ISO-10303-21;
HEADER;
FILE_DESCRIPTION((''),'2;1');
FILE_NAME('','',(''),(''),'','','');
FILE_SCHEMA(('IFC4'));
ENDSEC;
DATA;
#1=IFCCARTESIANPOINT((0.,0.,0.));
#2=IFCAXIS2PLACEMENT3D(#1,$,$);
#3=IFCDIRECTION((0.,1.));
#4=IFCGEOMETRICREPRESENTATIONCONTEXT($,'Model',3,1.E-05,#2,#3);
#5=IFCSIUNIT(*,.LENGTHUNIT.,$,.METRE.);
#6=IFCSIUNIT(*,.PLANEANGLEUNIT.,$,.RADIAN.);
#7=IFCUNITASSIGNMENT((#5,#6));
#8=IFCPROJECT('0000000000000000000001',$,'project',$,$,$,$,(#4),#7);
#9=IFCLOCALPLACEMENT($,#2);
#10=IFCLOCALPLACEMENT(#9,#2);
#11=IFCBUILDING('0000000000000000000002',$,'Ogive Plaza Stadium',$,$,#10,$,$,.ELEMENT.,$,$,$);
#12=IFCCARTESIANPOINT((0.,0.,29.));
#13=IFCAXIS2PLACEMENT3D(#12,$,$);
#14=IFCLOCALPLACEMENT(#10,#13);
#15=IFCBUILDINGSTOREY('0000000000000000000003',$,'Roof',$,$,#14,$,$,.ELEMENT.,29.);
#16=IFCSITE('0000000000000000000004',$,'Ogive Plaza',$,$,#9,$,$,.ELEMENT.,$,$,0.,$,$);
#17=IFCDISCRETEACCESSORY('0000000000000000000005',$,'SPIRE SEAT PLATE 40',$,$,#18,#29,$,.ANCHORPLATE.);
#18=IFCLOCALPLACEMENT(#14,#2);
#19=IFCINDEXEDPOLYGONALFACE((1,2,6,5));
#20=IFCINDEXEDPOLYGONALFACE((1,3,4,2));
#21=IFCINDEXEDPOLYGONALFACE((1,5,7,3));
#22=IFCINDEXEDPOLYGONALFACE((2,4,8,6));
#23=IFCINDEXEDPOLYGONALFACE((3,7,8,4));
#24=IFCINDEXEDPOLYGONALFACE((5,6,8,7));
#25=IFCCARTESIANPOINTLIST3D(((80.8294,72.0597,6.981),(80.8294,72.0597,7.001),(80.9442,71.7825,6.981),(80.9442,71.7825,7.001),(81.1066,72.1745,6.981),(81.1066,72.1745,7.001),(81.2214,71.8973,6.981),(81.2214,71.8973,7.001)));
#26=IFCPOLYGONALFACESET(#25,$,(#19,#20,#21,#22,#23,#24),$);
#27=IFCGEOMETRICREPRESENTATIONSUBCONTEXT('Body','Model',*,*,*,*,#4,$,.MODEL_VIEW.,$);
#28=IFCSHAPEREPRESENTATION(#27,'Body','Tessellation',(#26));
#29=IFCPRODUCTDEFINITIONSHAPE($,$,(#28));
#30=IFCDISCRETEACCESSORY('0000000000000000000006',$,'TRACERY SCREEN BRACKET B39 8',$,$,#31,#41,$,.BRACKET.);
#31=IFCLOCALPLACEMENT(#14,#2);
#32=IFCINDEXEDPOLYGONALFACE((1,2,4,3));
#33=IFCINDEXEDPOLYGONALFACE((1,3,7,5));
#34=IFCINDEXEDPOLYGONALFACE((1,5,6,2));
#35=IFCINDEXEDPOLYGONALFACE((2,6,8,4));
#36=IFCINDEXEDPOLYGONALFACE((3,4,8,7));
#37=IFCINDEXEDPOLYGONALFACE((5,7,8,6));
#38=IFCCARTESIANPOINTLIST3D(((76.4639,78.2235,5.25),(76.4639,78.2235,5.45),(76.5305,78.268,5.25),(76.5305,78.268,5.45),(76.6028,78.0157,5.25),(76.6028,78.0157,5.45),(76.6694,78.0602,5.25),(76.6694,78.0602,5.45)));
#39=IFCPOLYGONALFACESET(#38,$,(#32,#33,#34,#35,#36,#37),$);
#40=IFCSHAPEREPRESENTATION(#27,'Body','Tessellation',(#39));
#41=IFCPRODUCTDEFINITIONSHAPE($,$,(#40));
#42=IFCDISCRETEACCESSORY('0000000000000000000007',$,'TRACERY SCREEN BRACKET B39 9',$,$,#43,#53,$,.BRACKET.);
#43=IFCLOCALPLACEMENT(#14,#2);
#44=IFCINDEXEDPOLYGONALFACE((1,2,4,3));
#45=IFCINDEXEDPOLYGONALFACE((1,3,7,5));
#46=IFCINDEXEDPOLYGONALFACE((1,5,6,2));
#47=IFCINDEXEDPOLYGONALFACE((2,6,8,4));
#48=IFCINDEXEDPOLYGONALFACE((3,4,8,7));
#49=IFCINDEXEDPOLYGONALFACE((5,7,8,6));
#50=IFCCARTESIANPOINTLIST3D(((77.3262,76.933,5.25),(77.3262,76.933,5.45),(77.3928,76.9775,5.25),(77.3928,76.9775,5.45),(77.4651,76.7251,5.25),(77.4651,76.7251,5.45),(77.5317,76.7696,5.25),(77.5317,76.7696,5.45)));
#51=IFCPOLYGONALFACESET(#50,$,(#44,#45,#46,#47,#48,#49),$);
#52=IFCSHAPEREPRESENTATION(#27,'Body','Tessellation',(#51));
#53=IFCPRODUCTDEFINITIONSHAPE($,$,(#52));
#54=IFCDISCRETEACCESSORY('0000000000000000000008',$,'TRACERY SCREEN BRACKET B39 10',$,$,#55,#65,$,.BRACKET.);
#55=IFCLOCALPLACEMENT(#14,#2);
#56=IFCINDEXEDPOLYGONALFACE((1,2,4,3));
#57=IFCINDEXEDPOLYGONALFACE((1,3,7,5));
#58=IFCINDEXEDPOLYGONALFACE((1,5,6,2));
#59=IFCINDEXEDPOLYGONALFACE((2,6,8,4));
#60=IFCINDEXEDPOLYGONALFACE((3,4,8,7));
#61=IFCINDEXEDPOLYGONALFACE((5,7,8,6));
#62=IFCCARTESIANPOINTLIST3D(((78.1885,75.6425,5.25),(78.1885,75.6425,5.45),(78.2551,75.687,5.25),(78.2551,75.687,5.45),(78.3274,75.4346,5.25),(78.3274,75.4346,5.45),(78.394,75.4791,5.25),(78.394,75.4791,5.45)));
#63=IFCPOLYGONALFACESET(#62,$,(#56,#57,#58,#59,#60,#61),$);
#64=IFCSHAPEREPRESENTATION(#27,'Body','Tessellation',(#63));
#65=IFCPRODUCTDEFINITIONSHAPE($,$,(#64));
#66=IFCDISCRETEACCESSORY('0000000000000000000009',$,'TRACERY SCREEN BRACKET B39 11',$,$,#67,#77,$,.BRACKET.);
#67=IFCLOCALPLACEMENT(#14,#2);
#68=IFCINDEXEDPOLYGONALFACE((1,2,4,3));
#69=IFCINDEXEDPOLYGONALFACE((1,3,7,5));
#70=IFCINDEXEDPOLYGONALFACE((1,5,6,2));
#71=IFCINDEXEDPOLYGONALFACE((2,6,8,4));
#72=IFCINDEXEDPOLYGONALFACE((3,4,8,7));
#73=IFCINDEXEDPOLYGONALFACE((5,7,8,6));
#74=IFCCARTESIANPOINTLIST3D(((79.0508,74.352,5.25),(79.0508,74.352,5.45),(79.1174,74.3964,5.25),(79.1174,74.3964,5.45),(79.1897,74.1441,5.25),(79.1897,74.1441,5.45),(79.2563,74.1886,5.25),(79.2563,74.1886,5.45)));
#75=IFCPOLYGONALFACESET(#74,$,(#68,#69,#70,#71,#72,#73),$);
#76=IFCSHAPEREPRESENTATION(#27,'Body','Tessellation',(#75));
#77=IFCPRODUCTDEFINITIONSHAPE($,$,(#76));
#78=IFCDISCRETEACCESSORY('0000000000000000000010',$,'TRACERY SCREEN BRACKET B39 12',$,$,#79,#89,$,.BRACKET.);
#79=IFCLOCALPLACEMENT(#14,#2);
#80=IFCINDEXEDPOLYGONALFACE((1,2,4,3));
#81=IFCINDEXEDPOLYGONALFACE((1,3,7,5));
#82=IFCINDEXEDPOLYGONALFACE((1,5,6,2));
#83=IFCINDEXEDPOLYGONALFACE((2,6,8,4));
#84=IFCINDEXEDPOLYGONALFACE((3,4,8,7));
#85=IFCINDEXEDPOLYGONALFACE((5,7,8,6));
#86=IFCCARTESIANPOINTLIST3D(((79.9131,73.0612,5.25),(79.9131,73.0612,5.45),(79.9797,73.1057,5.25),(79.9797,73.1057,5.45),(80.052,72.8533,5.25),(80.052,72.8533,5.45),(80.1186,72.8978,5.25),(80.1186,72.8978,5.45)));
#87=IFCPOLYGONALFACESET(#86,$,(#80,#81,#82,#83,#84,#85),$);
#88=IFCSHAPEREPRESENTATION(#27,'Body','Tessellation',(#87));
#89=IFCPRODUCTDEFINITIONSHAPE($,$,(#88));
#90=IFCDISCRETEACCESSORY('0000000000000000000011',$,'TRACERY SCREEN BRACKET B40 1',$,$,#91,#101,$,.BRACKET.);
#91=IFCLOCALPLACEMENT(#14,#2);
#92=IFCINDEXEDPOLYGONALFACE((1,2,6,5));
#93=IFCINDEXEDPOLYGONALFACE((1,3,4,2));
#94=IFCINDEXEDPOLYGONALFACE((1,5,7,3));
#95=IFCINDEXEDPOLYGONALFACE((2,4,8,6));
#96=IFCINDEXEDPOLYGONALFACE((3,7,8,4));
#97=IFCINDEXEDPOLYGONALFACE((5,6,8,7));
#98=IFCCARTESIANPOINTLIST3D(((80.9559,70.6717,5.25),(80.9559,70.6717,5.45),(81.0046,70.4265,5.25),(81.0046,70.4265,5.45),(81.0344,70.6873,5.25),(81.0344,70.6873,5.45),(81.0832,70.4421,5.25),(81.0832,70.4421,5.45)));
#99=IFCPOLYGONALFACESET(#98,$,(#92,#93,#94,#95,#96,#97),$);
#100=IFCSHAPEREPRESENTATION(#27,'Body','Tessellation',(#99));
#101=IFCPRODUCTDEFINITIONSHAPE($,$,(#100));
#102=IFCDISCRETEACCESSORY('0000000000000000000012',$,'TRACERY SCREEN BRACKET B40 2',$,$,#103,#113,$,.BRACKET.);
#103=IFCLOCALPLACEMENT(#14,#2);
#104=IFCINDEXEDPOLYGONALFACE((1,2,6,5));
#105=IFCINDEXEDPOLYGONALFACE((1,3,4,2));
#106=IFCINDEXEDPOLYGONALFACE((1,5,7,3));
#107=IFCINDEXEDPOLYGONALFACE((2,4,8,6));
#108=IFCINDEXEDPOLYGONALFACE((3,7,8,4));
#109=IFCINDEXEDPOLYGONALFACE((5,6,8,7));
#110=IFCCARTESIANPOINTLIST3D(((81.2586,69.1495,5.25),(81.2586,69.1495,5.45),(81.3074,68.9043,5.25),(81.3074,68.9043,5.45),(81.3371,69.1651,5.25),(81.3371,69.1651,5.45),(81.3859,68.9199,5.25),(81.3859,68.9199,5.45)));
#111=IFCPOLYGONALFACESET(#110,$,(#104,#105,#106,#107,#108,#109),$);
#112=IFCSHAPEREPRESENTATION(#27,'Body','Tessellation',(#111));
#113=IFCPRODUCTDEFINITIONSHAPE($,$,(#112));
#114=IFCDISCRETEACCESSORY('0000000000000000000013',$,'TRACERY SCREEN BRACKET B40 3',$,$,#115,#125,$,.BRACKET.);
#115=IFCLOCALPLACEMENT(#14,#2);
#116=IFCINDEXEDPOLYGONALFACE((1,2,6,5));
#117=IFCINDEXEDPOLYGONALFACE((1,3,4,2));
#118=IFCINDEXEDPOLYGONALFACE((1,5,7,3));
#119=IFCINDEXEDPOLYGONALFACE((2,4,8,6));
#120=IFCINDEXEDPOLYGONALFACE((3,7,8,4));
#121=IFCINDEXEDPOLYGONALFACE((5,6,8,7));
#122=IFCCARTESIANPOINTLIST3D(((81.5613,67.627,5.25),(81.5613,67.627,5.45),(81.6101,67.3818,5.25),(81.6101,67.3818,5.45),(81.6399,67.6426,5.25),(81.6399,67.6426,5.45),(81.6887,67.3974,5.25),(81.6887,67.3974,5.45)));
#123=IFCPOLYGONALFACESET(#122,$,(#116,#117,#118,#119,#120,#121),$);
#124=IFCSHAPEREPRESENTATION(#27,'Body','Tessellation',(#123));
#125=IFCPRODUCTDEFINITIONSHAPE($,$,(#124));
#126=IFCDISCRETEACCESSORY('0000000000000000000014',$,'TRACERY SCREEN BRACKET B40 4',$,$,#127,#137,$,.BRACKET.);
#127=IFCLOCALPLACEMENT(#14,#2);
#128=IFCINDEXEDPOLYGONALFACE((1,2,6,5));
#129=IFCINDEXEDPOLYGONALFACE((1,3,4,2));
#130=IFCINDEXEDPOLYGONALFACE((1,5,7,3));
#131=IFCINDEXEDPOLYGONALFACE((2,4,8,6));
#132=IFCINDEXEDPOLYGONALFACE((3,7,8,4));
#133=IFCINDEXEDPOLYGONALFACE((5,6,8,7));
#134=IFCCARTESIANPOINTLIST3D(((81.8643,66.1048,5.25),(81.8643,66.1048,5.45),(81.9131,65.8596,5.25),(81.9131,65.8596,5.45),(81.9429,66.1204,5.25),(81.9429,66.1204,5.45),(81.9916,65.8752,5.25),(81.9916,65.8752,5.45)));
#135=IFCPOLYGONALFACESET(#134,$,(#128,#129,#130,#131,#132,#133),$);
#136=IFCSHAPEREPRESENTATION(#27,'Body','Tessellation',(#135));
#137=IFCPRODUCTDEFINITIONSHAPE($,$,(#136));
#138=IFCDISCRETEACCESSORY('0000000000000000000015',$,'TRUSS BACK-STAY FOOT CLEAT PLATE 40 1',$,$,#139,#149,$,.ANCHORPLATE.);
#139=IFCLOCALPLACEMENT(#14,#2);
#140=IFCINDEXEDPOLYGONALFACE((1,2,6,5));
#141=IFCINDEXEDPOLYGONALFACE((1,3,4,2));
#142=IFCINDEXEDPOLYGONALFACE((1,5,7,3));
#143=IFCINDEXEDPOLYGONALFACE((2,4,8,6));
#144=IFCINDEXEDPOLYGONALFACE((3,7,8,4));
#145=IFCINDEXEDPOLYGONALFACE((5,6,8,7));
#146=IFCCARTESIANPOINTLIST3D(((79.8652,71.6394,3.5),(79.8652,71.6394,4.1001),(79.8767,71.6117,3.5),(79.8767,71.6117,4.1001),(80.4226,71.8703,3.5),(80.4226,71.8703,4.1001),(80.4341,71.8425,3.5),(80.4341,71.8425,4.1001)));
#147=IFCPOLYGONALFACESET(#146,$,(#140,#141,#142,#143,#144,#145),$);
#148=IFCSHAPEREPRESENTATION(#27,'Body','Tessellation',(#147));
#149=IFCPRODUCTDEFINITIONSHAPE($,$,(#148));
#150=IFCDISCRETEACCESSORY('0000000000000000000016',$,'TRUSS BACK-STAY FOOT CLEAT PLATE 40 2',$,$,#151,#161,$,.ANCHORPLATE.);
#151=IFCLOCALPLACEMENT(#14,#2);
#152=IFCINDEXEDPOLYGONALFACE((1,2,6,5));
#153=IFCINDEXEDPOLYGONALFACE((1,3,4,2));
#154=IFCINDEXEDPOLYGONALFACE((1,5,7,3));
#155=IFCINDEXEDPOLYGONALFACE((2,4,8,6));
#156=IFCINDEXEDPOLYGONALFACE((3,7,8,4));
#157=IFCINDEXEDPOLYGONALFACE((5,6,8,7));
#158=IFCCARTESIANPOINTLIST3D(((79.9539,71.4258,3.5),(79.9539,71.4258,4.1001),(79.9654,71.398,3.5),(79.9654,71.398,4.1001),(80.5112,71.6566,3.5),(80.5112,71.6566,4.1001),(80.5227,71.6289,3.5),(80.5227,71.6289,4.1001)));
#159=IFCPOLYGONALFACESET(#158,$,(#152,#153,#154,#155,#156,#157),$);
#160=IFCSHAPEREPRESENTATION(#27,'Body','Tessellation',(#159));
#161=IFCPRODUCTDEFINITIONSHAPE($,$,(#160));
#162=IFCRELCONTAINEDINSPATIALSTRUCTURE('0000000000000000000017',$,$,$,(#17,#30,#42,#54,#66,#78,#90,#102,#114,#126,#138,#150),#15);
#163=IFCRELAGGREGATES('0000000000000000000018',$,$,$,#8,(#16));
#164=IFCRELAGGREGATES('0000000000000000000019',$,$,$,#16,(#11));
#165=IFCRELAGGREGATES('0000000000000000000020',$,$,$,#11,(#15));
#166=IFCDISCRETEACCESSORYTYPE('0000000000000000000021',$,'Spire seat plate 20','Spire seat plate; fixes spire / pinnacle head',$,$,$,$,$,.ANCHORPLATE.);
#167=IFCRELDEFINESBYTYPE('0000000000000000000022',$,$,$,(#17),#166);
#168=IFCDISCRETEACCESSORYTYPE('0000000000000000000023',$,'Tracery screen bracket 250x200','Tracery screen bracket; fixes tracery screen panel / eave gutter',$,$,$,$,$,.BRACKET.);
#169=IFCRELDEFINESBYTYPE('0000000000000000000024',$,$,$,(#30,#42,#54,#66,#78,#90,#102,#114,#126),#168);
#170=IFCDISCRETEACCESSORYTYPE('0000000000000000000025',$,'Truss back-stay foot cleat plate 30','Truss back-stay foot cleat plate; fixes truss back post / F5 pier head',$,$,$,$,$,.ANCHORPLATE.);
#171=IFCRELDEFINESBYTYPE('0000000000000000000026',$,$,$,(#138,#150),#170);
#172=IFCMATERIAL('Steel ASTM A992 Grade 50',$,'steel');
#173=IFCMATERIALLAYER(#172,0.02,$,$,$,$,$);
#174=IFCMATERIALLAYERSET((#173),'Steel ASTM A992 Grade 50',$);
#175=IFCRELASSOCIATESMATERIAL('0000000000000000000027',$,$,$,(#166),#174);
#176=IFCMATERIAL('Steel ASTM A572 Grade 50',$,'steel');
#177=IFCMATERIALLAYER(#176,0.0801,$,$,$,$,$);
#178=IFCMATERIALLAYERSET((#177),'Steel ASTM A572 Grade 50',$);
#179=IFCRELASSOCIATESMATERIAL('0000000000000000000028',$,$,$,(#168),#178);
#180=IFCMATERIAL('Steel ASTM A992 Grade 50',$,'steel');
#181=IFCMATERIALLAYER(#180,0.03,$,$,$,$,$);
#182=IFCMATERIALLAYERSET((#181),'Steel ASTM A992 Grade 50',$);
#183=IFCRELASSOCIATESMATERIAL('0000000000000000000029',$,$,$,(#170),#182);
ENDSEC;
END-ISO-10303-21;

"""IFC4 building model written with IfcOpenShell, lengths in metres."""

from ifc_helpers import new_model, si_unit, direction, frame, origin, origin_2d, place, context, subcontext, project, spatial, rectangle, extrude, material, layer, layer_set, type_object, element, save


model = new_model("IFC4")

# Units and contexts
model_context = context("Model", 3, precision=1e-05, world=origin(), true_north=direction((0.0, 1.0)))
body_context = subcontext(model_context, "Body", "Model", "MODEL_VIEW")
ifc_project = project(units=[si_unit("LENGTHUNIT", "METRE"), si_unit("PLANEANGLEUNIT", "RADIAN")], contexts=[model_context])

# Site, building, storey
site_placement = place(None, origin())
site = spatial("IfcSite", under=ifc_project, at=site_placement, Name="Ogive Plaza", CompositionType="ELEMENT", RefElevation=0.0)
building_placement = place(site_placement, origin())
building = spatial("IfcBuilding", under=site, at=building_placement, Name="Ogive Plaza Stadium", CompositionType="ELEMENT")
storey_placement = place(building_placement, frame((0.0, 0.0, 29.0)))
storey = spatial("IfcBuildingStorey", under=building, at=storey_placement, Name="Roof", CompositionType="ELEMENT", Elevation=29.0)

# Discrete accessories
ifc_material_1 = material(Name="Steel ASTM A992 Grade 50", Category="steel")
ifc_layer_1 = layer(ifc_material_1, 0.02)
ifc_layer_set_1 = layer_set([ifc_layer_1], Name="Steel ASTM A992 Grade 50")
discrete_accessory_type_1 = type_object("IfcDiscreteAccessoryType", Name="Spire seat plate 20", Description="Spire seat plate; fixes spire / pinnacle head", PredefinedType="ANCHORPLATE", material=ifc_layer_set_1)
discrete_accessory_placement = place(storey_placement, frame((81.0254, 71.9785, 6.981), z_axis=(0.0, 0.0, 1.0), x_axis=(0.92388, 0.382683, 0.0)))
element("IfcDiscreteAccessory", 1, at=discrete_accessory_placement, inside=storey, type_object=discrete_accessory_type_1, Name="SPIRE SEAT PLATE 40", PredefinedType="ANCHORPLATE", context=body_context, shape_type="SweptSolid", body=[
    extrude(rectangle(XDim=0.3, YDim=0.3, at=origin_2d()), origin(), (0.0, 0.0, 1.0), 0.02),
])
ifc_material_2 = material(Name="Steel ASTM A572 Grade 50", Category="steel")
ifc_layer_2 = layer(ifc_material_2, 0.0801)
ifc_layer_set_2 = layer_set([ifc_layer_2], Name="Steel ASTM A572 Grade 50")
discrete_accessory_type_2 = type_object("IfcDiscreteAccessoryType", Name="Tracery screen bracket 250x200", Description="Tracery screen bracket; fixes tracery screen panel / eave gutter", PredefinedType="BRACKET", material=ifc_layer_set_2)
for number, where, z_axis, x_axis, name in (
    (2, (76.5667, 78.1418, 5.25), (0.0, 0.0, 1.0), (0.55557, -0.83147, 0.0), "TRACERY SCREEN BRACKET B39 8"),
    (3, (77.429, 76.8513, 5.25), (0.0, 0.0, 1.0), (0.55557, -0.83147, 0.0), "TRACERY SCREEN BRACKET B39 9"),
    (4, (78.2913, 75.5608, 5.25), (0.0, 0.0, 1.0), (0.55557, -0.83147, 0.0), "TRACERY SCREEN BRACKET B39 10"),
    (5, (79.1536, 74.2703, 5.25), (0.0, 0.0, 1.0), (0.55557, -0.83147, 0.0), "TRACERY SCREEN BRACKET B39 11"),
    (6, (80.0159, 72.9795, 5.25), (0.0, 0.0, 1.0), (0.55557, -0.83147, 0.0), "TRACERY SCREEN BRACKET B39 12"),
    (7, (81.0195, 70.5569, 5.25), (0.0, 0.0, 1.0), (0.19509, -0.980785, 0.0), "TRACERY SCREEN BRACKET B40 1"),
    (8, (81.3223, 69.0347, 5.25), (0.0, 0.0, 1.0), (0.19509, -0.980785, 0.0), "TRACERY SCREEN BRACKET B40 2"),
    (9, (81.625, 67.5122, 5.25), (0.0, 0.0, 1.0), (0.19509, -0.980785, 0.0), "TRACERY SCREEN BRACKET B40 3"),
    (10, (81.928, 65.99, 5.25), (0.0, 0.0, 1.0), (0.19509, -0.980785, 0.0), "TRACERY SCREEN BRACKET B40 4"),
):
    element("IfcDiscreteAccessory", number, at=place(storey_placement, frame(where, z_axis=z_axis, x_axis=x_axis)), inside=storey, type_object=discrete_accessory_type_2, Name=name, PredefinedType="BRACKET", context=body_context, shape_type="SweptSolid", body=[
        extrude(rectangle(XDim=0.25, YDim=0.0801, at=origin_2d()), origin(), (0.0, 0.0, 1.0), 0.2),
    ])
ifc_material_3 = material(Name="Steel ASTM A992 Grade 50", Category="steel")
ifc_layer_3 = layer(ifc_material_3, 0.03)
ifc_layer_set_3 = layer_set([ifc_layer_3], Name="Steel ASTM A992 Grade 50")
discrete_accessory_type_3 = type_object("IfcDiscreteAccessoryType", Name="Truss back-stay foot cleat plate 30", Description="Truss back-stay foot cleat plate; fixes truss back post / F5 pier head", PredefinedType="ANCHORPLATE", material=ifc_layer_set_3)
for number, where, z_axis, x_axis, name in (
    (11, (80.1497, 71.741, 3.5), (0.0, 0.0, 1.0), (0.92388, 0.382683, 0.0), "TRUSS BACK-STAY FOOT CLEAT PLATE 40 1"),
    (12, (80.2383, 71.5273, 3.5), (0.0, 0.0, 1.0), (0.92388, 0.382683, 0.0), "TRUSS BACK-STAY FOOT CLEAT PLATE 40 2"),
):
    element("IfcDiscreteAccessory", number, at=place(storey_placement, frame(where, z_axis=z_axis, x_axis=x_axis)), inside=storey, type_object=discrete_accessory_type_3, Name=name, PredefinedType="ANCHORPLATE", context=body_context, shape_type="SweptSolid", body=[
        extrude(rectangle(XDim=0.6033, YDim=0.03, at=origin_2d()), origin(), (0.0, 0.0, 1.0), 0.6001),
    ])

save(model, "model.ifc")
